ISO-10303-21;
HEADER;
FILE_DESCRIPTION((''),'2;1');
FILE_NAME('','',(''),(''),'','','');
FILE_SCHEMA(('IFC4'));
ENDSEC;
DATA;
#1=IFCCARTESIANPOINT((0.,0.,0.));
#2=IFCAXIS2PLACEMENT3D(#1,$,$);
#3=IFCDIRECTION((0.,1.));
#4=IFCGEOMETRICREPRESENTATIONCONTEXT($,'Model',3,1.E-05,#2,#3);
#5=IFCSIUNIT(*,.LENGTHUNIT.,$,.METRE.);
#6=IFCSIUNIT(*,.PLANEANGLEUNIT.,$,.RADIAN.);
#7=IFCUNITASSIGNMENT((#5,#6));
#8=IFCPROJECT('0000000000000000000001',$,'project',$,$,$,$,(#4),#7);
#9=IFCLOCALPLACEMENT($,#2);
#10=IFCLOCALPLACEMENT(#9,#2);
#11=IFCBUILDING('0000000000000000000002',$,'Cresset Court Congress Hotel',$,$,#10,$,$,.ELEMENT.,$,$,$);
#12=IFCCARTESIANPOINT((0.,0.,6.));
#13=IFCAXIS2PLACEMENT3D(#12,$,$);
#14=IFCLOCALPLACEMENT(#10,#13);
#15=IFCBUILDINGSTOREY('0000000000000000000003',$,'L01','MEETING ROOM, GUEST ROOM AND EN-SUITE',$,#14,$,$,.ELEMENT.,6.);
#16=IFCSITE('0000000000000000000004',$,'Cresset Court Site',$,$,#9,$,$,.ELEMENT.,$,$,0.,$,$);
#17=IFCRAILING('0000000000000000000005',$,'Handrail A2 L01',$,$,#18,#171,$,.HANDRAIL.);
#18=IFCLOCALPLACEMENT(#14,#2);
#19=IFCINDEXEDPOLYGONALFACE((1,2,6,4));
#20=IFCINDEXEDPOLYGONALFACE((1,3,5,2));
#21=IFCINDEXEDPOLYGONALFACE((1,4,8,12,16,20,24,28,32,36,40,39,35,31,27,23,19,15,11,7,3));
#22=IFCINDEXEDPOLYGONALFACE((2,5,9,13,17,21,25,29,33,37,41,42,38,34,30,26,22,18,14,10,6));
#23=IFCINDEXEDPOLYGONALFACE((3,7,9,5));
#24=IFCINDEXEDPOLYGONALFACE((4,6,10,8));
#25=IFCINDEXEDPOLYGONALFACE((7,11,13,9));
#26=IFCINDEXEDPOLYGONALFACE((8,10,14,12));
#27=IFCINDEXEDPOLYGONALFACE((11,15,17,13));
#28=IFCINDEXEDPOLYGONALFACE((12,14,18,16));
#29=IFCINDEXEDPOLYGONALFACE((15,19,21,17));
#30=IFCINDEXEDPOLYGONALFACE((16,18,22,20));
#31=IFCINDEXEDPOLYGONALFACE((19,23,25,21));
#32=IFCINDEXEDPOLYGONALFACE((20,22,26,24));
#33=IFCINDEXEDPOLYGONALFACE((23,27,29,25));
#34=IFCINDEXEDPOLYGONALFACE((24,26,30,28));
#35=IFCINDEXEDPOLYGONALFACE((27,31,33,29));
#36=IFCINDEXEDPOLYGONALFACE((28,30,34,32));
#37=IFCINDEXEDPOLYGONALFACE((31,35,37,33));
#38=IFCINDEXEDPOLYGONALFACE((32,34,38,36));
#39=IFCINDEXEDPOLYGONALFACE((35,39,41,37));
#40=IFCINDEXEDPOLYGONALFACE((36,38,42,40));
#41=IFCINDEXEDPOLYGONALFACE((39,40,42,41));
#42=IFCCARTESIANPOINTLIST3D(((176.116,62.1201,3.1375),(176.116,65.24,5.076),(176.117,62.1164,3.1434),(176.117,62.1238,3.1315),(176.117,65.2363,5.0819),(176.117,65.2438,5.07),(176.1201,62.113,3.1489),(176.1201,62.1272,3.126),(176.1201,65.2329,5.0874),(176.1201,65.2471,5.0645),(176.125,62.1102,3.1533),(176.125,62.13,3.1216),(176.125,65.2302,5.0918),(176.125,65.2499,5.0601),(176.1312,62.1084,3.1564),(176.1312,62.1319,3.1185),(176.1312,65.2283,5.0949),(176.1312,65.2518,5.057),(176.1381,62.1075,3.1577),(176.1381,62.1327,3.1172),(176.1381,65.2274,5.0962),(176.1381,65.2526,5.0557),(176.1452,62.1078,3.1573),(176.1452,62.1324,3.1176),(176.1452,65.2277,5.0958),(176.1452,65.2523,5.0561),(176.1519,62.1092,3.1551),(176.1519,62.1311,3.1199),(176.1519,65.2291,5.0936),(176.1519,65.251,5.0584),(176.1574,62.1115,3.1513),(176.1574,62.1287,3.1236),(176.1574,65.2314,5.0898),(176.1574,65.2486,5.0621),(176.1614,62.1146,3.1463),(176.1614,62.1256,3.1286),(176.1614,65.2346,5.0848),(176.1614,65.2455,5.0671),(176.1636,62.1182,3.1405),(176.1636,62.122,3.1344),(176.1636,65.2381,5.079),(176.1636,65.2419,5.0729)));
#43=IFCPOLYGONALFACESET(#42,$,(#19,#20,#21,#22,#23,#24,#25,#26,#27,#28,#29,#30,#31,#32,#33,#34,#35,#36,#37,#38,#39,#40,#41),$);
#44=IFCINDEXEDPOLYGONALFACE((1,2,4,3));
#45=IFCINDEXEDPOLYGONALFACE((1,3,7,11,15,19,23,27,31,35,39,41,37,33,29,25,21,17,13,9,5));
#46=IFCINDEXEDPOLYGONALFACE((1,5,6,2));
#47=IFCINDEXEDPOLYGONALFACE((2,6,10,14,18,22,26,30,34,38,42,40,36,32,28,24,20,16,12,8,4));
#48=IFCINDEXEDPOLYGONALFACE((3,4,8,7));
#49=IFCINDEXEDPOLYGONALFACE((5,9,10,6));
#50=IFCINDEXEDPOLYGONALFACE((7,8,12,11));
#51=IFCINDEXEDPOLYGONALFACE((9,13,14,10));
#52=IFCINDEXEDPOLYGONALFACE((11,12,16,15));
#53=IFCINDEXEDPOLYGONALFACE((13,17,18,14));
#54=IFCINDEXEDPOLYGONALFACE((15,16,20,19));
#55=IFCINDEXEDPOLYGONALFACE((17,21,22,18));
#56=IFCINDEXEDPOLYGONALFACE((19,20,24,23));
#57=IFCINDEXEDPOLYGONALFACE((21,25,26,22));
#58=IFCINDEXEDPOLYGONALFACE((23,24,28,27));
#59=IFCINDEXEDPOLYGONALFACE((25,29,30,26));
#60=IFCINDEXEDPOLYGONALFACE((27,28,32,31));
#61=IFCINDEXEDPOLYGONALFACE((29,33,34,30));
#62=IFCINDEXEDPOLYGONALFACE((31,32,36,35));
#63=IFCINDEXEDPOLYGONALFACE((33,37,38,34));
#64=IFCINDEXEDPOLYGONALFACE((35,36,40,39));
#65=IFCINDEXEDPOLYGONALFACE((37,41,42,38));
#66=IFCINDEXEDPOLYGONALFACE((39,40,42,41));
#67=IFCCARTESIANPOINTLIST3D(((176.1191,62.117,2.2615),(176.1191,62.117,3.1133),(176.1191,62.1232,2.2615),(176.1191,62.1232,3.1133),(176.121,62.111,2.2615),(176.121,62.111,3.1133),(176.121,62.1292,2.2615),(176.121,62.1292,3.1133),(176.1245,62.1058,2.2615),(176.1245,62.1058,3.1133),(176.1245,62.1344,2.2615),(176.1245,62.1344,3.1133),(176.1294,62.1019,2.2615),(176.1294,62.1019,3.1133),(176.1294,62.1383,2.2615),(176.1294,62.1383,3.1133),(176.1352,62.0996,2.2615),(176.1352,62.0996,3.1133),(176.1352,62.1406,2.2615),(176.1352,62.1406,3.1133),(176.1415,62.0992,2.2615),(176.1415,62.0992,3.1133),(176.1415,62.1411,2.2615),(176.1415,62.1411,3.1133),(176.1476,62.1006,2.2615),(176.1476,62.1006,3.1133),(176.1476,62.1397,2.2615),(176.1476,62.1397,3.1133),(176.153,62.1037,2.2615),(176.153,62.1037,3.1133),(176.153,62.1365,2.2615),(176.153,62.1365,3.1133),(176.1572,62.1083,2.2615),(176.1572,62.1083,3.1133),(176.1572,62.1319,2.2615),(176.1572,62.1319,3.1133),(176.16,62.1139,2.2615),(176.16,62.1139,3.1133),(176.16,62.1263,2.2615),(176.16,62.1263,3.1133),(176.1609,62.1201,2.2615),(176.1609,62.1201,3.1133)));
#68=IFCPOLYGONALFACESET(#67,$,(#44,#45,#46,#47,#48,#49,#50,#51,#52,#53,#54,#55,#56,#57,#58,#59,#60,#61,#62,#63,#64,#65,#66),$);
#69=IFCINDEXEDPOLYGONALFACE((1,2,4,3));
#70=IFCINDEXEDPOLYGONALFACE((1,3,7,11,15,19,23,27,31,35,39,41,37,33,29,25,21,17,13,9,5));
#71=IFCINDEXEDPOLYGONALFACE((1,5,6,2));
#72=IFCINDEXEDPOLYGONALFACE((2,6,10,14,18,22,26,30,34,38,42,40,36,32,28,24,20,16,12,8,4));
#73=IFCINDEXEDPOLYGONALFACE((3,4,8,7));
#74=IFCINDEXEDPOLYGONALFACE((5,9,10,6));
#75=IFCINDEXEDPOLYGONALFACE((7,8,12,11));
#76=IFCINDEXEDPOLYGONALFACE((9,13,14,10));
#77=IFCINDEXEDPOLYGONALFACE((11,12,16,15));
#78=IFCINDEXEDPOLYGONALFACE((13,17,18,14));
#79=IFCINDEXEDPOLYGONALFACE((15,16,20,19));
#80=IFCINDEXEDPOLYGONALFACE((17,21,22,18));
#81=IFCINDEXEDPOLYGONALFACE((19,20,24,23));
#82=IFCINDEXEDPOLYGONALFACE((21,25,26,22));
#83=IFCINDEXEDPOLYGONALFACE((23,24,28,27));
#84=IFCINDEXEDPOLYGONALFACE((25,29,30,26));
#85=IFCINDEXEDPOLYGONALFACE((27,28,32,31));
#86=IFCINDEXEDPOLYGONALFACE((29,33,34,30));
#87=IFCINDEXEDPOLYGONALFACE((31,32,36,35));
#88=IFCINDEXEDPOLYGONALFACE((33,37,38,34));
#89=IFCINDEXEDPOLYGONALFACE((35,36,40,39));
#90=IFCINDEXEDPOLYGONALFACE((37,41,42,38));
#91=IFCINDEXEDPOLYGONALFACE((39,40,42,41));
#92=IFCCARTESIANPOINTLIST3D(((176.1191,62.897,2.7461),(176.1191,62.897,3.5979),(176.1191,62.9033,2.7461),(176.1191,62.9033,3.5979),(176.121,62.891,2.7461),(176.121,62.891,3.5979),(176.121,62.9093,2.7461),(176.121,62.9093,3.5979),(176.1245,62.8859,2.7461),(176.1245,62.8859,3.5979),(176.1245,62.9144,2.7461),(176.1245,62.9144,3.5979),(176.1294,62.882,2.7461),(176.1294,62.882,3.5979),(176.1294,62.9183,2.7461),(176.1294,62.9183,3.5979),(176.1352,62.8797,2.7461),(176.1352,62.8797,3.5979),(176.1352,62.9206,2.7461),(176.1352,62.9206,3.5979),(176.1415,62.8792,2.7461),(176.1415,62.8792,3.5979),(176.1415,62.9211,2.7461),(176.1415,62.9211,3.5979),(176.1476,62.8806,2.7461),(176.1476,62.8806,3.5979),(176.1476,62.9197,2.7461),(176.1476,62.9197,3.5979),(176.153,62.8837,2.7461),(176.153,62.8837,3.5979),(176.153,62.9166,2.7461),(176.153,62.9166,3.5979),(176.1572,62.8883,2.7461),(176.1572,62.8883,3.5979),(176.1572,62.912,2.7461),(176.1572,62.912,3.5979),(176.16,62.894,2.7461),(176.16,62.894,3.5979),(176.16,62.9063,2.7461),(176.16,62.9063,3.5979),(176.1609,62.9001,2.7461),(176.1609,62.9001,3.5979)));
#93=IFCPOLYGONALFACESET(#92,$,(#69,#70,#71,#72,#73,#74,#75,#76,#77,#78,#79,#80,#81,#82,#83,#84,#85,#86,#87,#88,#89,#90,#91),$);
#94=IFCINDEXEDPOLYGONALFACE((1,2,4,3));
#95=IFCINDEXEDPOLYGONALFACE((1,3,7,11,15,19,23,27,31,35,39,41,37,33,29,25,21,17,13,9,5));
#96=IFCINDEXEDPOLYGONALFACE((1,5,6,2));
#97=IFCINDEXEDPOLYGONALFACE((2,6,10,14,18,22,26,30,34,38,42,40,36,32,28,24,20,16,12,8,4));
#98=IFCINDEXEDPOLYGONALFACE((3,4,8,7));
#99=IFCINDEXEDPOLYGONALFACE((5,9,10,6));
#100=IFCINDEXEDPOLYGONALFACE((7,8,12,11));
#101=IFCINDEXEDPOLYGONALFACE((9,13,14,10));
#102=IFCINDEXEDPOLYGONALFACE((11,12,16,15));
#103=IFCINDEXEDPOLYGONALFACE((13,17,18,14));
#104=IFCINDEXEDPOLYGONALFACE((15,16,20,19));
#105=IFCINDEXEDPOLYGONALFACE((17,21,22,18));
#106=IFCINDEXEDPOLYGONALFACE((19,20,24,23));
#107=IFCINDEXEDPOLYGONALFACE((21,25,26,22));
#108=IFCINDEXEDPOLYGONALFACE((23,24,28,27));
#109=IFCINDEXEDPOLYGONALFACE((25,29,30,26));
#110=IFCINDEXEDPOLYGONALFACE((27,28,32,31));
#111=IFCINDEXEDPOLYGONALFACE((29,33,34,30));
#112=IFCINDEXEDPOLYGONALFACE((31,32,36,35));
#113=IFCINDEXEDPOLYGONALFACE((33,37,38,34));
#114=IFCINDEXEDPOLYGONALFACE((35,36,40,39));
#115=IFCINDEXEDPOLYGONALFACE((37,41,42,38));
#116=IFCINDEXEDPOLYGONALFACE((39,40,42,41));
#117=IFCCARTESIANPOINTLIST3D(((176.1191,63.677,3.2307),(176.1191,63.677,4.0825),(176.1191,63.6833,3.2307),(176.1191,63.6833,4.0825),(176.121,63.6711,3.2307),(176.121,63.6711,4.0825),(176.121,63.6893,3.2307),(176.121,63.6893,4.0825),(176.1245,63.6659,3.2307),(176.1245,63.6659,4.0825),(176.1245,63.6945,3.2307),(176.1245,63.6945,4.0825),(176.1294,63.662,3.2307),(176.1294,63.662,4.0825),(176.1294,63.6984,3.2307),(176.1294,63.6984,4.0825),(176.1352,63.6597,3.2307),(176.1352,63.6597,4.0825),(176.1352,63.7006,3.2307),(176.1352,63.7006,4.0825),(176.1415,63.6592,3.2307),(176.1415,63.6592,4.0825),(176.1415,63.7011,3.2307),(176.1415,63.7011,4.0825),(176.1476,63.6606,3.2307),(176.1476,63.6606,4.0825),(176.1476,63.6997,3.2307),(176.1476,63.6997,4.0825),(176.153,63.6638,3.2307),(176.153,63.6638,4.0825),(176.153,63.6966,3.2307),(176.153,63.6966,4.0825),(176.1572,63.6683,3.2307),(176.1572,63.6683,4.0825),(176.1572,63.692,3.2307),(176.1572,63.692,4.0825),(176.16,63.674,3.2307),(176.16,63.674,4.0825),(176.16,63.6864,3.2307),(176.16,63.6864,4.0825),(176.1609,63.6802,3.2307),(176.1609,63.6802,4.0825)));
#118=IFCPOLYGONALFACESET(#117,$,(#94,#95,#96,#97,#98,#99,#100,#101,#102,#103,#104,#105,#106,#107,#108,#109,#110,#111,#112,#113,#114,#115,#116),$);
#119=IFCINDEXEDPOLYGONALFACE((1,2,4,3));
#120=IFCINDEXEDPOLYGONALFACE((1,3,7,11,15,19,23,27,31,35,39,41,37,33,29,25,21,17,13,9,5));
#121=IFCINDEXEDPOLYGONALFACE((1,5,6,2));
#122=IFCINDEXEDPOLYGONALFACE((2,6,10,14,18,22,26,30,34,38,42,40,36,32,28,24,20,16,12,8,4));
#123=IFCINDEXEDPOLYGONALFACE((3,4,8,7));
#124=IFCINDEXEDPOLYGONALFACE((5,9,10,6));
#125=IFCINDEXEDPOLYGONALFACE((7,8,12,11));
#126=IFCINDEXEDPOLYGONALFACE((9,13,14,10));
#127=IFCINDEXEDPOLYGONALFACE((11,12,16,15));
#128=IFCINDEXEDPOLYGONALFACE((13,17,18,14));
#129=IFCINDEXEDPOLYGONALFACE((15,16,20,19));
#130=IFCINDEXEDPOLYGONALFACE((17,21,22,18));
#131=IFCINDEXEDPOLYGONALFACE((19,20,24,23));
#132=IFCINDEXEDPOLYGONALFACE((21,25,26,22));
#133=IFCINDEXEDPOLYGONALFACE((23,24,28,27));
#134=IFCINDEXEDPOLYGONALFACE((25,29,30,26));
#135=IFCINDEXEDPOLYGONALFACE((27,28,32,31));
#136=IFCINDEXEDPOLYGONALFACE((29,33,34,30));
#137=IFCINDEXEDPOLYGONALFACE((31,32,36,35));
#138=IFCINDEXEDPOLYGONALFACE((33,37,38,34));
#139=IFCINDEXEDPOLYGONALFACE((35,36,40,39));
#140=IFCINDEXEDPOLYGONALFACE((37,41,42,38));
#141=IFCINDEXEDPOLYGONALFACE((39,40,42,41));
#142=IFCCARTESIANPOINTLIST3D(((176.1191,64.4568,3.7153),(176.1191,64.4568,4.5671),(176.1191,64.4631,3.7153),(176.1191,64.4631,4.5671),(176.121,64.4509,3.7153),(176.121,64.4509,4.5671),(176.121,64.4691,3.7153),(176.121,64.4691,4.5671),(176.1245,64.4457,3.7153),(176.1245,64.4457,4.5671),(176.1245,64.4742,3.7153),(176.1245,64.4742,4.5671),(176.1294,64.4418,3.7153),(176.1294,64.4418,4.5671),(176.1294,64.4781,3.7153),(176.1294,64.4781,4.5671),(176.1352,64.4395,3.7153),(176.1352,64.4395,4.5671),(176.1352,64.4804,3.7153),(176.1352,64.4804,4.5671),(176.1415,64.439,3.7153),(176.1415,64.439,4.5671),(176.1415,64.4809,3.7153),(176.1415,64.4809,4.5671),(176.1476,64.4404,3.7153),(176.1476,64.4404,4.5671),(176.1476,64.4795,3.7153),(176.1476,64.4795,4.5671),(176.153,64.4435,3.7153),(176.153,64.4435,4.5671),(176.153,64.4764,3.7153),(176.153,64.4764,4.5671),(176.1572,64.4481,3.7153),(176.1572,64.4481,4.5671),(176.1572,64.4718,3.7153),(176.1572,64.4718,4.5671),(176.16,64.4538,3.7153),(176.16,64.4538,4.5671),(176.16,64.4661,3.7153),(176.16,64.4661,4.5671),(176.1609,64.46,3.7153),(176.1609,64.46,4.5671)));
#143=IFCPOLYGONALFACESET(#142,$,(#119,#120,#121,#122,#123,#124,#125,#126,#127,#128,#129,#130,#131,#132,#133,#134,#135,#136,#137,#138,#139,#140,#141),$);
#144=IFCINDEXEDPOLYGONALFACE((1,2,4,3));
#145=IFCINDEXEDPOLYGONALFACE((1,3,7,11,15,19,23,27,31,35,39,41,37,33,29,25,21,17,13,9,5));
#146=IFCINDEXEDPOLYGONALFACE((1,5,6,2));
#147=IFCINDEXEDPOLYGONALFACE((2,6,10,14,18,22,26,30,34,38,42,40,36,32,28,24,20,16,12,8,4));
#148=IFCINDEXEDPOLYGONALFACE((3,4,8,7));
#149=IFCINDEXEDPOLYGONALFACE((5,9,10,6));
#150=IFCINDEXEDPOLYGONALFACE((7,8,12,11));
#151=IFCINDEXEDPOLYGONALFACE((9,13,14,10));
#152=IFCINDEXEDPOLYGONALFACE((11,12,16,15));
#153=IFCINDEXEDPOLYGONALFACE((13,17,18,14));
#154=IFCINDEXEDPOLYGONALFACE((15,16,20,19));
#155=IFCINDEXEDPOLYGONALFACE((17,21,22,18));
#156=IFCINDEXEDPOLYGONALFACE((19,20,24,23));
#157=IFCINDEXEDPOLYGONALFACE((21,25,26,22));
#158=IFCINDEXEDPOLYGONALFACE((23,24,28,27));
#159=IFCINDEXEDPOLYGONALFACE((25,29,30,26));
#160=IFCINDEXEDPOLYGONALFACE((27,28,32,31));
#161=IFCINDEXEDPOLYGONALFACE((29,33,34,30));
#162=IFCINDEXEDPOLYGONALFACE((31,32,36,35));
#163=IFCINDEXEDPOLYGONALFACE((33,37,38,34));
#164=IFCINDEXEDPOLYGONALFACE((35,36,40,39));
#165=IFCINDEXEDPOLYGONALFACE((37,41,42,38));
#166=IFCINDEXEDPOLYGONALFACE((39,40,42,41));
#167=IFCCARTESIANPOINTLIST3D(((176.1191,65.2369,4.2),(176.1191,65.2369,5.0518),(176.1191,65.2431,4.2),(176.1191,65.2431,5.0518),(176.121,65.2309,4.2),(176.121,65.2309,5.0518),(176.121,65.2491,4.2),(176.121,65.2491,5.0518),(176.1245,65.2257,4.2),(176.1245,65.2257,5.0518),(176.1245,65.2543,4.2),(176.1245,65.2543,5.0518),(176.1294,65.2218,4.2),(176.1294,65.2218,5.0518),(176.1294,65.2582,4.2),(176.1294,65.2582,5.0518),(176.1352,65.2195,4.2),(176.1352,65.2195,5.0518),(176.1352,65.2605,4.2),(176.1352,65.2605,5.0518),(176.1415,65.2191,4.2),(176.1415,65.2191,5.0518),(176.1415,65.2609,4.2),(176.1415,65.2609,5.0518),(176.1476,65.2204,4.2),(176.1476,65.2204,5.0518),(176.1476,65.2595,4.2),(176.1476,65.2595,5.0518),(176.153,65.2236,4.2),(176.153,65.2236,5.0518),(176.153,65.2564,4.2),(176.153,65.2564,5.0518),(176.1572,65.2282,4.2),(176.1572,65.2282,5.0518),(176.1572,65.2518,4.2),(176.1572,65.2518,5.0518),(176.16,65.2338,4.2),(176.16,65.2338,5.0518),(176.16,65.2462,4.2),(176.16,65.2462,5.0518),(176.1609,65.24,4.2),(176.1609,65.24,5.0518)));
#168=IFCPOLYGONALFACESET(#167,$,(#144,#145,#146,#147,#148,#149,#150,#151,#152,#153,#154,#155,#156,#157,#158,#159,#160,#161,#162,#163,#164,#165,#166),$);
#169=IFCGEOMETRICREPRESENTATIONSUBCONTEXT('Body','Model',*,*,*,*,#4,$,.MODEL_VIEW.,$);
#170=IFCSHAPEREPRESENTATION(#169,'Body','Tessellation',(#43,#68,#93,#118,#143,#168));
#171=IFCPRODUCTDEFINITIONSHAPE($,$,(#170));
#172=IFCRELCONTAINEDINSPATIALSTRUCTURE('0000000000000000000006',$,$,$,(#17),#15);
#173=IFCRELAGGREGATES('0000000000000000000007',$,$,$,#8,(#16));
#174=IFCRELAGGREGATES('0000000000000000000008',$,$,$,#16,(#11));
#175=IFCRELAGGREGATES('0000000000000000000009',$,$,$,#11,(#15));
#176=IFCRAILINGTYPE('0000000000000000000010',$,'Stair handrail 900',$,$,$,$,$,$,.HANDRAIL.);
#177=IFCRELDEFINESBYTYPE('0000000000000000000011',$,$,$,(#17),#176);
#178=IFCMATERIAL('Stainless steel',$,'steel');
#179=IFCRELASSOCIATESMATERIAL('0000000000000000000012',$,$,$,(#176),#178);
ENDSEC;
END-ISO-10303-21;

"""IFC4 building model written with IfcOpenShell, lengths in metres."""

from ifc_helpers import new_model, si_unit, direction, frame, origin, origin_2d, place, context, subcontext, project, spatial, circle, extrude, material, type_object, element, save


model = new_model("IFC4")

# Units and contexts
model_context = context("Model", 3, precision=1e-05, world=origin(), true_north=direction((0.0, 1.0)))
body_context = subcontext(model_context, "Body", "Model", "MODEL_VIEW")
ifc_project = project(units=[si_unit("LENGTHUNIT", "METRE"), si_unit("PLANEANGLEUNIT", "RADIAN")], contexts=[model_context])

# Site, building, storey
site_placement = place(None, origin())
site = spatial("IfcSite", under=ifc_project, at=site_placement, Name="Cresset Court Site", CompositionType="ELEMENT", RefElevation=0.0)
building_placement = place(site_placement, origin())
building = spatial("IfcBuilding", under=site, at=building_placement, Name="Cresset Court Congress Hotel", CompositionType="ELEMENT")
storey_placement = place(building_placement, frame((0.0, 0.0, 6.0)))
storey = spatial("IfcBuildingStorey", under=building, at=storey_placement, Name="L01", Description="MEETING ROOM, GUEST ROOM AND EN-SUITE", CompositionType="ELEMENT", Elevation=6.0)

# Railing
ifc_material_1 = material(Name="Stainless steel", Category="steel")
railing_type_1 = type_object("IfcRailingType", Name="Stair handrail 900", PredefinedType="HANDRAIL", material=ifc_material_1)
for number, where, name in (
    (1, (176.1399, 62.1201, 2.2615), "Handrail A2 L01"),
):
    element("IfcRailing", number, at=place(storey_placement, frame(where)), inside=storey, type_object=railing_type_1, Name=name, PredefinedType="HANDRAIL", context=body_context, shape_type="SweptSolid", body=[
        extrude(circle(Radius=0.0239, at=origin_2d()), frame((0.0, 0.0, 0.876), z_axis=(0.0, 0.849396, 0.527757), x_axis=(-1.0, 0.0, 0.0)), (0.0, 0.0, 1.0), 3.6731),
        extrude(circle(Radius=0.021, at=origin_2d()), origin(), (0.0, 0.0, 1.0), 0.8518),
        extrude(circle(Radius=0.021, at=origin_2d()), frame((0.0, 0.78, 0.4846)), (0.0, 0.0, 1.0), 0.8518),
        extrude(circle(Radius=0.021, at=origin_2d()), frame((0.0, 1.5601, 0.9692)), (0.0, 0.0, 1.0), 0.8518),
        extrude(circle(Radius=0.021, at=origin_2d()), frame((0.0, 2.3398, 1.4539)), (0.0, 0.0, 1.0), 0.8518),
        extrude(circle(Radius=0.021, at=origin_2d()), frame((0.0, 3.1199, 1.9385)), (0.0, 0.0, 1.0), 0.8518),
    ])

save(model, "model.ifc")
